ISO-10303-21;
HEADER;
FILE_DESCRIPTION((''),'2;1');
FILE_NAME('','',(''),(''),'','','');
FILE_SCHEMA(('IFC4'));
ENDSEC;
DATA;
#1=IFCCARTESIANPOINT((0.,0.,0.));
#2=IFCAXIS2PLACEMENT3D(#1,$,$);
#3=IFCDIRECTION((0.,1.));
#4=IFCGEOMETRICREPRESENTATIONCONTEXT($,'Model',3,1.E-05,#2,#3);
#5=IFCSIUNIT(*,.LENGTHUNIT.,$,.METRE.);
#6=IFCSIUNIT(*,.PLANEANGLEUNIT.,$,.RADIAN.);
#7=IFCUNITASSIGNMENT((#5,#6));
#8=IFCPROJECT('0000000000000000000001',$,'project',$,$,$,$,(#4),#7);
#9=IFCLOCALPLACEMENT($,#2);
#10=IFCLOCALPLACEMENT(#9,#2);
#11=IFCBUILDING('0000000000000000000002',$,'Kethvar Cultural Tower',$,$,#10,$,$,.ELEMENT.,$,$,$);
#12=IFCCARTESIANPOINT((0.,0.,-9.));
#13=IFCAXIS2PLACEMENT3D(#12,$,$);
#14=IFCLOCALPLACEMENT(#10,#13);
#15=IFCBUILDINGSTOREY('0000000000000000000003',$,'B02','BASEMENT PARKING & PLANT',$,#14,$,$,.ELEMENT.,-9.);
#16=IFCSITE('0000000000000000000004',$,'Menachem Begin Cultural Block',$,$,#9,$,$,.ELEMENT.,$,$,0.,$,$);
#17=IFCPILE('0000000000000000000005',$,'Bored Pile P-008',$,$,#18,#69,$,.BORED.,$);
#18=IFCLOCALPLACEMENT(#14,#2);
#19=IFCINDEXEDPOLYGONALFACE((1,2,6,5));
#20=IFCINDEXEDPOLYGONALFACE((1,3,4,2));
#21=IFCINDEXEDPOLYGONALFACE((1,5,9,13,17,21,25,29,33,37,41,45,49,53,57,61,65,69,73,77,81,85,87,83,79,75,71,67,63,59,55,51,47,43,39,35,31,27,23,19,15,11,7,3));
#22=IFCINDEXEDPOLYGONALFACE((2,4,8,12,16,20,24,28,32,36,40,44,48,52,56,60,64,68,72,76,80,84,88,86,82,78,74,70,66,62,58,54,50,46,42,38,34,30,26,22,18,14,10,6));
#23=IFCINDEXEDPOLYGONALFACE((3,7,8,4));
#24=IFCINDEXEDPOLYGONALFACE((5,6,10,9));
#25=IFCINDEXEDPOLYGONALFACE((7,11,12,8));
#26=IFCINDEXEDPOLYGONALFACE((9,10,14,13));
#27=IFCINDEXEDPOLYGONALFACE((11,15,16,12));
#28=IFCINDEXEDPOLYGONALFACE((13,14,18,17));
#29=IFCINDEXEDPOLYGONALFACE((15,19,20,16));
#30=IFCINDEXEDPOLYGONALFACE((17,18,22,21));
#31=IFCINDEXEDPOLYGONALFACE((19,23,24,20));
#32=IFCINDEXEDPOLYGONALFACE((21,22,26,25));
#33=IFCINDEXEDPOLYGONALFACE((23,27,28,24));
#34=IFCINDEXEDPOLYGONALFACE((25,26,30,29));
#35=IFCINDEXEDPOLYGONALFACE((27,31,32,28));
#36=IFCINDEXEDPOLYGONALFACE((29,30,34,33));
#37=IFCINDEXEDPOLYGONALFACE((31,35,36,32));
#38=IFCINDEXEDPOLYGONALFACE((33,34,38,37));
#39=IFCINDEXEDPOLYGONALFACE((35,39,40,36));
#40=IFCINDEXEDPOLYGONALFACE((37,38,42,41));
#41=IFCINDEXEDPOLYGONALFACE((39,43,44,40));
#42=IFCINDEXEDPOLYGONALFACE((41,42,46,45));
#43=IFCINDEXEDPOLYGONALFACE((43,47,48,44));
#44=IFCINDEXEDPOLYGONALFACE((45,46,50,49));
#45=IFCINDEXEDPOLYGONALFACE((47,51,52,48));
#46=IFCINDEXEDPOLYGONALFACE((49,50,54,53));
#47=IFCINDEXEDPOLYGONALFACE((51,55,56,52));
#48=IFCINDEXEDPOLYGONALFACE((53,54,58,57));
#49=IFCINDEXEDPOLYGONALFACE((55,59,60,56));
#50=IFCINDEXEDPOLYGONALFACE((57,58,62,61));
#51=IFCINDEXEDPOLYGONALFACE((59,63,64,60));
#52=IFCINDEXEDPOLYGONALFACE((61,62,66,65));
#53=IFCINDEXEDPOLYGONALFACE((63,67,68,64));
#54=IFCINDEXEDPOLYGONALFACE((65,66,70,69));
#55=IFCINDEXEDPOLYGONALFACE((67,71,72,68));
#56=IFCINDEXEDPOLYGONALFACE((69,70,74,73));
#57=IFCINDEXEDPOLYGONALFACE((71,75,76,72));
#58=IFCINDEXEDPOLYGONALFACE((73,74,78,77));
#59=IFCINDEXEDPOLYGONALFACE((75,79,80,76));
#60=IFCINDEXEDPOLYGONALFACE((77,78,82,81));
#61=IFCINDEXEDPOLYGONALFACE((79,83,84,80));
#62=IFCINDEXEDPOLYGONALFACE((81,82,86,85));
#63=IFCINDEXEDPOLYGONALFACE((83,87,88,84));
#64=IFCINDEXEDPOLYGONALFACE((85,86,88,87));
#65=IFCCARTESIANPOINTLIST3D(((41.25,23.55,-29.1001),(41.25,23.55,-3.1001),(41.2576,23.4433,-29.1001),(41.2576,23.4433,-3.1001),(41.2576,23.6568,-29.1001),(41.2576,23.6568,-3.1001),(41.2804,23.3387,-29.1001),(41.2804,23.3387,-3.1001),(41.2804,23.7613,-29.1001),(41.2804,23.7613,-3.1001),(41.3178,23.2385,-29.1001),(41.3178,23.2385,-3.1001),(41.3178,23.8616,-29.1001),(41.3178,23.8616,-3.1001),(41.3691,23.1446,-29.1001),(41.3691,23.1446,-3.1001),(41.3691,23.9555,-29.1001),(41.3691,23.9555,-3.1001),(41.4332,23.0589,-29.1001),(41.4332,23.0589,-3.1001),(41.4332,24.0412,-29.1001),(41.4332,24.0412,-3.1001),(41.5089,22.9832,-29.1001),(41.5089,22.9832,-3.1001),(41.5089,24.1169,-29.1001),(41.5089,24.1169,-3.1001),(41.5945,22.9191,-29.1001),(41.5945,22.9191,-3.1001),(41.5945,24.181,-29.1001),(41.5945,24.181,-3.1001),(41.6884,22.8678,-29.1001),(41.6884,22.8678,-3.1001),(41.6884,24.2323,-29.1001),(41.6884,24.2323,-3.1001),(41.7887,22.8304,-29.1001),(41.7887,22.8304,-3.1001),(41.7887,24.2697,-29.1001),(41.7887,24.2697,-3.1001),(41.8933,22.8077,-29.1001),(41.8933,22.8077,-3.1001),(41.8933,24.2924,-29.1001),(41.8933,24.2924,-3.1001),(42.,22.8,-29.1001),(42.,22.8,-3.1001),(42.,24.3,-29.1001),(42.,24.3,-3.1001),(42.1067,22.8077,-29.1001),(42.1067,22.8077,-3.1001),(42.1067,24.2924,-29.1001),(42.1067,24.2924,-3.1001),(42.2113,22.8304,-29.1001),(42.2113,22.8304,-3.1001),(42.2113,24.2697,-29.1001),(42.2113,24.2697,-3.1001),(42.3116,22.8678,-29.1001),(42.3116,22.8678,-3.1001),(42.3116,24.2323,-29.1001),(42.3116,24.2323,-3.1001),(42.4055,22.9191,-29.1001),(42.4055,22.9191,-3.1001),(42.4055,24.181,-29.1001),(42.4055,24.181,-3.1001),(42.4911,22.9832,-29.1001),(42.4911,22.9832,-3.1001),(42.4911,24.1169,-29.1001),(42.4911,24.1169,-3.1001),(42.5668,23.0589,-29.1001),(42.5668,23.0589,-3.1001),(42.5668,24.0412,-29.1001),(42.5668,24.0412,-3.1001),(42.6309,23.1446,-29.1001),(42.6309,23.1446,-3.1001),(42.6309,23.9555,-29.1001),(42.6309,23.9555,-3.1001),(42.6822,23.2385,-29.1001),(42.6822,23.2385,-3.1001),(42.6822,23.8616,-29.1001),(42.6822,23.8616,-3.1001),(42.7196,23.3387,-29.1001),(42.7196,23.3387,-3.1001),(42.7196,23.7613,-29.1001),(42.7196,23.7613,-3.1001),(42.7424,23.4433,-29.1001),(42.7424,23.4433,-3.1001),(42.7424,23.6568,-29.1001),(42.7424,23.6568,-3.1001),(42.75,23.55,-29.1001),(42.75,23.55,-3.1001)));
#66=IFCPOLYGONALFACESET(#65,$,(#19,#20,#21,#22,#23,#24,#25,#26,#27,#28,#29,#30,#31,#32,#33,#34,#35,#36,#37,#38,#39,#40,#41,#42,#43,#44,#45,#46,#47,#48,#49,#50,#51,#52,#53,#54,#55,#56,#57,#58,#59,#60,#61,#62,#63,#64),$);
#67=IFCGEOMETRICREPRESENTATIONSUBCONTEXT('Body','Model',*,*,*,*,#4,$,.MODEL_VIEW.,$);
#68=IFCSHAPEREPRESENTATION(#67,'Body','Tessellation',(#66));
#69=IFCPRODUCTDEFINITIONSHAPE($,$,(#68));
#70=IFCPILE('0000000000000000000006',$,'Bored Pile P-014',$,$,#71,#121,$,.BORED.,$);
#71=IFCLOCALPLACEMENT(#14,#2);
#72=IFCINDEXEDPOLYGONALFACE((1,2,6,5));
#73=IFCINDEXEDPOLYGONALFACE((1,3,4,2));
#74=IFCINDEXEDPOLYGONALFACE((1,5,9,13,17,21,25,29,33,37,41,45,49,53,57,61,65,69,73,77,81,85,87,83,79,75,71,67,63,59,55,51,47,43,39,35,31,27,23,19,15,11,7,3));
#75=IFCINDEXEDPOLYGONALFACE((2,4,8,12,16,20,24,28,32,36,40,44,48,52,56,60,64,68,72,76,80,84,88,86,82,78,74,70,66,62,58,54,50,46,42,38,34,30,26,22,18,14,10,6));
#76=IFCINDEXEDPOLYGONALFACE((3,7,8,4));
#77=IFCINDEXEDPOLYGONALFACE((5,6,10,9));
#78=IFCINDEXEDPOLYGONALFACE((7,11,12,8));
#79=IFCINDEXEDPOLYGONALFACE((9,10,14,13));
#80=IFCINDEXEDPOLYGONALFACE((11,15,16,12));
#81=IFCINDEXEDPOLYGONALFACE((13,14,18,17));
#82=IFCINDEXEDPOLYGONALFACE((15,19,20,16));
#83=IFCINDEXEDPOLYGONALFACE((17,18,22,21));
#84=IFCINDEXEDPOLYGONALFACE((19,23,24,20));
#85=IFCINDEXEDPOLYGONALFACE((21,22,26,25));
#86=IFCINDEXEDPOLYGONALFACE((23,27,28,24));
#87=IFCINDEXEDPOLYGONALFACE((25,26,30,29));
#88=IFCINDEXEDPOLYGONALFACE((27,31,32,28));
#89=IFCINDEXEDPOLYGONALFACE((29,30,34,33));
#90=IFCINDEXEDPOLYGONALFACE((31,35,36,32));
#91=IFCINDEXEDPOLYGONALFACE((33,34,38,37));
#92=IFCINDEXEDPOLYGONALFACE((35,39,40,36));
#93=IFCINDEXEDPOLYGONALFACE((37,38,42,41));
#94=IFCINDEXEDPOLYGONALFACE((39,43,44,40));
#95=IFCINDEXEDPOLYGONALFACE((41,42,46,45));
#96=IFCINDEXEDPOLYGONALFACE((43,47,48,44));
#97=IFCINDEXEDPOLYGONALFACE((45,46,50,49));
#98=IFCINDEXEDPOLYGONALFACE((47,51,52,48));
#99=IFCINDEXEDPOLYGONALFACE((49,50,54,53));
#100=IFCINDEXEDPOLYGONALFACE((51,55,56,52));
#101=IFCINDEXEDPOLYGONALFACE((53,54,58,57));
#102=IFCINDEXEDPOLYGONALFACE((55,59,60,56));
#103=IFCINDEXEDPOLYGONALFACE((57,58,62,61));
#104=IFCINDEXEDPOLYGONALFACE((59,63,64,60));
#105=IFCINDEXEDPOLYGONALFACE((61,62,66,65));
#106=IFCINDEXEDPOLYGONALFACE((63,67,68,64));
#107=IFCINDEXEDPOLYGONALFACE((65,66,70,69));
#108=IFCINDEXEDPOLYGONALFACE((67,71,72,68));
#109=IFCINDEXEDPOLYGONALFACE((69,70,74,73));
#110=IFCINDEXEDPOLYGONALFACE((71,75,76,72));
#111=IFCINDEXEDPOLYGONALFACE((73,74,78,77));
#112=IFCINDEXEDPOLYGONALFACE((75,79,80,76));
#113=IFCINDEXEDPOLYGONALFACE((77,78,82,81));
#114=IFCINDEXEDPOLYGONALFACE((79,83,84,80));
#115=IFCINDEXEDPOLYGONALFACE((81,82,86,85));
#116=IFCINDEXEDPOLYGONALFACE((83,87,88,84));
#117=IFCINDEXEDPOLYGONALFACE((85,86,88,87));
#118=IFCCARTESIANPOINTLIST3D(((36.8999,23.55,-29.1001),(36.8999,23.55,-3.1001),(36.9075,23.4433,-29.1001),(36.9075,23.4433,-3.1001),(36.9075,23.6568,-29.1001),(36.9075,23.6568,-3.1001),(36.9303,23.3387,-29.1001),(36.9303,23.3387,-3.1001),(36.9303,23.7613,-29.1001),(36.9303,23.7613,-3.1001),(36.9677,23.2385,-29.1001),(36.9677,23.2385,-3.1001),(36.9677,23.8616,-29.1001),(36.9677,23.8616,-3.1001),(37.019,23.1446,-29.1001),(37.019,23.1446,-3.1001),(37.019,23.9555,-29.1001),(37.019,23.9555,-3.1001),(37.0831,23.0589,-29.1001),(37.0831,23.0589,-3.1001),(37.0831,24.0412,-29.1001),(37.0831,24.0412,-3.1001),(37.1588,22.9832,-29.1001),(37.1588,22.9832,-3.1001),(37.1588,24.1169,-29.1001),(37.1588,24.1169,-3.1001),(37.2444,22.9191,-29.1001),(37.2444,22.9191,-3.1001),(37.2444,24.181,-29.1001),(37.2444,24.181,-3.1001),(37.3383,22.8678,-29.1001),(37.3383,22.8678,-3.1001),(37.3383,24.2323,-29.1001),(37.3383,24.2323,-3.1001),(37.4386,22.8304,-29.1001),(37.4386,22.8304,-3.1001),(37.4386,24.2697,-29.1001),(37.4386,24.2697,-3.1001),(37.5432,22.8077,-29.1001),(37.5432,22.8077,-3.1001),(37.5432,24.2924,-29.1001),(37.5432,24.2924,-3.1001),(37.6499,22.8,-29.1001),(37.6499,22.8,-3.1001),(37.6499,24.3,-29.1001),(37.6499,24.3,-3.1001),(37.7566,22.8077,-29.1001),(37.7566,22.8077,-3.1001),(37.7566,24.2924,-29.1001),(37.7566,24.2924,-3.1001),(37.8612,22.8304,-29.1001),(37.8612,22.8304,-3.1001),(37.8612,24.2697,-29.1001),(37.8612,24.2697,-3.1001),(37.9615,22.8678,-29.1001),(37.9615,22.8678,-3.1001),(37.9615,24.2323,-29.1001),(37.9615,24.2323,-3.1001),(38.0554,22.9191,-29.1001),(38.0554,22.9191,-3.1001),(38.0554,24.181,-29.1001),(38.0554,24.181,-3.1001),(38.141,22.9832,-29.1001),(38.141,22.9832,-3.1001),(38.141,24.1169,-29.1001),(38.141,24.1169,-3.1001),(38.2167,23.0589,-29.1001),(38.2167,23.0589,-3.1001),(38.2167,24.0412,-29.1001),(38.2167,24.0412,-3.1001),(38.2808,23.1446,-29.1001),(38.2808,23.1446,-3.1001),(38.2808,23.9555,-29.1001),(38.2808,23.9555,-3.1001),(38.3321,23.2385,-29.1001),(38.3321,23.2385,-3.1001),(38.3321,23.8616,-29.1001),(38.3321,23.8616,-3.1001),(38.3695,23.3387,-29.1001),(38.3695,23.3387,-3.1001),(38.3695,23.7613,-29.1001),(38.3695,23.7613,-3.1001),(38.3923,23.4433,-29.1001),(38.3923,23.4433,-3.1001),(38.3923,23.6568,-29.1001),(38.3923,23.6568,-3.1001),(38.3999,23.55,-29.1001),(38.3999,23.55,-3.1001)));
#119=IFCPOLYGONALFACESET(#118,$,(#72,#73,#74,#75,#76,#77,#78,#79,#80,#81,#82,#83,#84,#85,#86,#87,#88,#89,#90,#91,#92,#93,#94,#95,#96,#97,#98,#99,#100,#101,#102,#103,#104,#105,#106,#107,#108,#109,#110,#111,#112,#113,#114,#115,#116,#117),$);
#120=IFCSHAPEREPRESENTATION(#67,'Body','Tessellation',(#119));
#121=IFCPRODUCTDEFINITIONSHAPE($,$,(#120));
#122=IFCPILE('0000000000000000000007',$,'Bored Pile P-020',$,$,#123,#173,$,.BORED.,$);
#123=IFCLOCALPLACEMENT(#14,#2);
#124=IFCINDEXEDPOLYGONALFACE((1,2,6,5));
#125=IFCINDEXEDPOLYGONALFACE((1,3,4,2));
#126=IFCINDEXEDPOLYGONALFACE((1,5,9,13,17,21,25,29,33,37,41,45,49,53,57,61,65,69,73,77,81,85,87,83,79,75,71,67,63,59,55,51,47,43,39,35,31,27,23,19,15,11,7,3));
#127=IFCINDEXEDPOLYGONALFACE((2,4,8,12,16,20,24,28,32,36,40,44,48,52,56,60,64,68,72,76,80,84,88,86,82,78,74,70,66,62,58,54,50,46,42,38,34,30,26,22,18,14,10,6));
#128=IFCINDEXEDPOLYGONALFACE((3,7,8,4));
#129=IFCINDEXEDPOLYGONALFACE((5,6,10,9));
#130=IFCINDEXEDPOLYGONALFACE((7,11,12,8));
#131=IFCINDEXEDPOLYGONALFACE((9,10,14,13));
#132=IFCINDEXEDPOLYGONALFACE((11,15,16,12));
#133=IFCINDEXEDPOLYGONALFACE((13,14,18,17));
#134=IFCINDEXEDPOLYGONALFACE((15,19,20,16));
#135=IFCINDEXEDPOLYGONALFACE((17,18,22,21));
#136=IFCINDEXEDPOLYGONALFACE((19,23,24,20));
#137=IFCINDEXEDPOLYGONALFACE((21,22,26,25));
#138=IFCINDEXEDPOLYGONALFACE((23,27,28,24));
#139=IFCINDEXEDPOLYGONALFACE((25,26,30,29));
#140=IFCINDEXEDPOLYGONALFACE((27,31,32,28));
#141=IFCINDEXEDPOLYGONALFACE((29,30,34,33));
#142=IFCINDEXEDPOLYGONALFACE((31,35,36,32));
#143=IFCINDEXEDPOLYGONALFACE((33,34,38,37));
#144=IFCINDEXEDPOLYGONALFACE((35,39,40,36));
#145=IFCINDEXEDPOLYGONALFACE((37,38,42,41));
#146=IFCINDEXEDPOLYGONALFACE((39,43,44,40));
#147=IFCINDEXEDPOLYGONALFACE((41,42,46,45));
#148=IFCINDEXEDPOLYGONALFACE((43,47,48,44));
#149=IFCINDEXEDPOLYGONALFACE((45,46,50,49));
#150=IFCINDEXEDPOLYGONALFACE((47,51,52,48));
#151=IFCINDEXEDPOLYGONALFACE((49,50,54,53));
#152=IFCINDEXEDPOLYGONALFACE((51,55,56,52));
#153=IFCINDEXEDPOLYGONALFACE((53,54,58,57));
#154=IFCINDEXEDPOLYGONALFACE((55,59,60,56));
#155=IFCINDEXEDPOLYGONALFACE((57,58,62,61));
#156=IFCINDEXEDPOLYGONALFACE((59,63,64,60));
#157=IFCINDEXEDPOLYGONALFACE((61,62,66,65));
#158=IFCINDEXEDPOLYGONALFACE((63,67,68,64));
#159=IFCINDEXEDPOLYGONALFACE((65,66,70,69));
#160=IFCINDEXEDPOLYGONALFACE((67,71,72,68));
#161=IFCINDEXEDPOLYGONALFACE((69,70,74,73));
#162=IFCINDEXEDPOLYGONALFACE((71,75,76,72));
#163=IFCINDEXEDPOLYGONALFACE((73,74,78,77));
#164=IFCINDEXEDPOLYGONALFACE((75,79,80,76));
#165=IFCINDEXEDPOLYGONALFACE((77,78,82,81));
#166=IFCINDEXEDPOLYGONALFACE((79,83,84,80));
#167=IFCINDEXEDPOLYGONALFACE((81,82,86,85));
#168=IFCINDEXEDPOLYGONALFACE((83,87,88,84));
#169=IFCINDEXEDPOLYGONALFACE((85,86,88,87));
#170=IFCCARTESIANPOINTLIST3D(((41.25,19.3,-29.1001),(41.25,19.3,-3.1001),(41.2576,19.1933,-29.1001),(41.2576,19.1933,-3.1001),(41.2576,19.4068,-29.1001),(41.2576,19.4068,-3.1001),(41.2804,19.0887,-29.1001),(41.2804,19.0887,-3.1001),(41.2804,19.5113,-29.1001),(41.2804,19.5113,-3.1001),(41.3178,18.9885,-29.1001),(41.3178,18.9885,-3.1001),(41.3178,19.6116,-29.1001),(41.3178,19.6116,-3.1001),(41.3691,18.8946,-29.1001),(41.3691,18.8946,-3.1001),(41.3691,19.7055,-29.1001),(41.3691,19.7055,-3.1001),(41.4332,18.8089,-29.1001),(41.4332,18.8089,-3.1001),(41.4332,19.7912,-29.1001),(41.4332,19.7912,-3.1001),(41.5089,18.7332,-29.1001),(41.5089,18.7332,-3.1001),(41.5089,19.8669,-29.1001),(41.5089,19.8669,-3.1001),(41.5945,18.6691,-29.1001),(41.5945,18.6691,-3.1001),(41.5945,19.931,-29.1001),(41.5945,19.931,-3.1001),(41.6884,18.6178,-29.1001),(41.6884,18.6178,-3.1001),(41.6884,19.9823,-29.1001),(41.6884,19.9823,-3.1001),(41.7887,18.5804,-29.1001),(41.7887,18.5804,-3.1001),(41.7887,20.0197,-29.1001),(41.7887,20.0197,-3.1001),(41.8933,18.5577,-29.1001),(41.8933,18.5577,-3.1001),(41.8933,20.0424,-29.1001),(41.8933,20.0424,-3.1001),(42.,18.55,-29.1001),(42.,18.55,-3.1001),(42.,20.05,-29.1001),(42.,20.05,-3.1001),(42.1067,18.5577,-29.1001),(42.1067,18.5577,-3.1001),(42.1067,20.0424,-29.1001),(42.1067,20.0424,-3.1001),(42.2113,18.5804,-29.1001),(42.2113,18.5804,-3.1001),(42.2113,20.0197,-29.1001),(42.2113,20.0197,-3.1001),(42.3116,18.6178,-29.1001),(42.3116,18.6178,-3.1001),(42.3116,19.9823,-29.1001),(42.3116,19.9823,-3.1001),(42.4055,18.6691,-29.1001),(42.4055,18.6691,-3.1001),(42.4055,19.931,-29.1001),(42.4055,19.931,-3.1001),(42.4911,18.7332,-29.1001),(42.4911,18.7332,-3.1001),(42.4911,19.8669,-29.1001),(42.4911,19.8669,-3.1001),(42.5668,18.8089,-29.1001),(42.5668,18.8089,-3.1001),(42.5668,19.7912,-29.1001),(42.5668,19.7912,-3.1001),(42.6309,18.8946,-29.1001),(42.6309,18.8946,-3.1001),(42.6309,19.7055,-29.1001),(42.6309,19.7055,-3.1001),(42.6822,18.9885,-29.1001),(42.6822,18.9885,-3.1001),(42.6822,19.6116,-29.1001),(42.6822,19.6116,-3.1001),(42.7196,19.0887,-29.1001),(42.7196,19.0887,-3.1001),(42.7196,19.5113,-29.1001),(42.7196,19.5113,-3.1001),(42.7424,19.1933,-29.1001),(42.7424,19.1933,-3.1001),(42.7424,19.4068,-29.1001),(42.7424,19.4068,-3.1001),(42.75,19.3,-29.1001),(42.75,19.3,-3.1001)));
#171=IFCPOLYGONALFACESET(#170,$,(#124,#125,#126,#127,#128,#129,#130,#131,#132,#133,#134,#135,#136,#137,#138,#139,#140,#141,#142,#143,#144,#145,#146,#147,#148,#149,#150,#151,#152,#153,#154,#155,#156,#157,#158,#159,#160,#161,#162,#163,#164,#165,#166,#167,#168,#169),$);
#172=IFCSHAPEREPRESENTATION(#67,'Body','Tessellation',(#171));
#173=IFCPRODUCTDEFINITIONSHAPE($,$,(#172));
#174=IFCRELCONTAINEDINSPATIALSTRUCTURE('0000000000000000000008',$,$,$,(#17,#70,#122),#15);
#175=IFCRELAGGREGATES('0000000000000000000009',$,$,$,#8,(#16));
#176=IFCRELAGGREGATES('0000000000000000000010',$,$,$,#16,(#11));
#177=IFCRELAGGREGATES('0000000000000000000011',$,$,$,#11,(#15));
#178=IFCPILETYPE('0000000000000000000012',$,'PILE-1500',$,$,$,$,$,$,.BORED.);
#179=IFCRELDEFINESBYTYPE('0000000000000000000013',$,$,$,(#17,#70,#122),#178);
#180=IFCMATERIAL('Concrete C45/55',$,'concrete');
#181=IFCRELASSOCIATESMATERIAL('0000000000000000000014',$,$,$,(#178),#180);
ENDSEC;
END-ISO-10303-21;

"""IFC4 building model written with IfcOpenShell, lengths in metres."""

from ifc_helpers import new_model, si_unit, direction, frame, origin, origin_2d, place, context, subcontext, project, spatial, circle, extrude, source, transform, mapped, material, material_profile, profile_set, type_object, element, save


model = new_model("IFC4")

# Units and contexts
model_context = context("Model", 3, precision=1e-05, world=origin(), true_north=direction((0.0, 1.0)))
body_context = subcontext(model_context, "Body", "Model", "MODEL_VIEW")
ifc_project = project(units=[si_unit("LENGTHUNIT", "METRE"), si_unit("PLANEANGLEUNIT", "RADIAN")], contexts=[model_context])

# Site, building, storey
site_placement = place(None, origin())
site = spatial("IfcSite", under=ifc_project, at=site_placement, Name="Menachem Begin Cultural Block", CompositionType="ELEMENT", RefElevation=0.0)
building_placement = place(site_placement, origin())
building = spatial("IfcBuilding", under=site, at=building_placement, Name="Kethvar Cultural Tower", CompositionType="ELEMENT")
storey_placement = place(building_placement, frame((0.0, 0.0, -9.0)))
storey = spatial("IfcBuildingStorey", under=building, at=storey_placement, Name="B02", Description="BASEMENT PARKING & PLANT", CompositionType="ELEMENT", Elevation=-9.0)

# Piles
ifc_material_1 = material(Name="Concrete C45/55", Category="concrete")
ifc_material_profile_1 = material_profile(ifc_material_1, circle(Radius=0.75, at=origin_2d()), Name="Concrete C45/55 — PILE1500")
ifc_profile_set_1 = profile_set([ifc_material_profile_1], Name="Concrete C45/55 — PILE1500")
pile_type = type_object("IfcPileType", Name="PILE-1500", PredefinedType="BORED", material=ifc_profile_set_1)
shared_shape_1 = source(origin(), body_context, "Body", "SweptSolid", [
    extrude(circle(Radius=0.75, at=origin_2d()), origin(), (0.0, 0.0, 1.0), 26.0),
])
for number, where, z_axis, x_axis, name in (
    (1, (42.0, 23.55, -3.1001), (0.0, 0.0, -1.0), (1.0, 0.0, 0.0), "Bored Pile P-008"),
    (2, (37.6499, 23.55, -3.1001), (0.0, 0.0, -1.0), (1.0, 0.0, 0.0), "Bored Pile P-014"),
    (3, (42.0, 19.3, -3.1001), (0.0, 0.0, -1.0), (1.0, 0.0, 0.0), "Bored Pile P-020"),
):
    element("IfcPile", number, at=place(storey_placement, frame(where, z_axis=z_axis, x_axis=x_axis)), inside=storey, type_object=pile_type, Name=name, PredefinedType="BORED", context=body_context, shape_type="MappedRepresentation", body=[
        mapped(shared_shape_1, transform((0.0, 0.0, 0.0), scale=1.0)),
    ])

save(model, "model.ifc")
